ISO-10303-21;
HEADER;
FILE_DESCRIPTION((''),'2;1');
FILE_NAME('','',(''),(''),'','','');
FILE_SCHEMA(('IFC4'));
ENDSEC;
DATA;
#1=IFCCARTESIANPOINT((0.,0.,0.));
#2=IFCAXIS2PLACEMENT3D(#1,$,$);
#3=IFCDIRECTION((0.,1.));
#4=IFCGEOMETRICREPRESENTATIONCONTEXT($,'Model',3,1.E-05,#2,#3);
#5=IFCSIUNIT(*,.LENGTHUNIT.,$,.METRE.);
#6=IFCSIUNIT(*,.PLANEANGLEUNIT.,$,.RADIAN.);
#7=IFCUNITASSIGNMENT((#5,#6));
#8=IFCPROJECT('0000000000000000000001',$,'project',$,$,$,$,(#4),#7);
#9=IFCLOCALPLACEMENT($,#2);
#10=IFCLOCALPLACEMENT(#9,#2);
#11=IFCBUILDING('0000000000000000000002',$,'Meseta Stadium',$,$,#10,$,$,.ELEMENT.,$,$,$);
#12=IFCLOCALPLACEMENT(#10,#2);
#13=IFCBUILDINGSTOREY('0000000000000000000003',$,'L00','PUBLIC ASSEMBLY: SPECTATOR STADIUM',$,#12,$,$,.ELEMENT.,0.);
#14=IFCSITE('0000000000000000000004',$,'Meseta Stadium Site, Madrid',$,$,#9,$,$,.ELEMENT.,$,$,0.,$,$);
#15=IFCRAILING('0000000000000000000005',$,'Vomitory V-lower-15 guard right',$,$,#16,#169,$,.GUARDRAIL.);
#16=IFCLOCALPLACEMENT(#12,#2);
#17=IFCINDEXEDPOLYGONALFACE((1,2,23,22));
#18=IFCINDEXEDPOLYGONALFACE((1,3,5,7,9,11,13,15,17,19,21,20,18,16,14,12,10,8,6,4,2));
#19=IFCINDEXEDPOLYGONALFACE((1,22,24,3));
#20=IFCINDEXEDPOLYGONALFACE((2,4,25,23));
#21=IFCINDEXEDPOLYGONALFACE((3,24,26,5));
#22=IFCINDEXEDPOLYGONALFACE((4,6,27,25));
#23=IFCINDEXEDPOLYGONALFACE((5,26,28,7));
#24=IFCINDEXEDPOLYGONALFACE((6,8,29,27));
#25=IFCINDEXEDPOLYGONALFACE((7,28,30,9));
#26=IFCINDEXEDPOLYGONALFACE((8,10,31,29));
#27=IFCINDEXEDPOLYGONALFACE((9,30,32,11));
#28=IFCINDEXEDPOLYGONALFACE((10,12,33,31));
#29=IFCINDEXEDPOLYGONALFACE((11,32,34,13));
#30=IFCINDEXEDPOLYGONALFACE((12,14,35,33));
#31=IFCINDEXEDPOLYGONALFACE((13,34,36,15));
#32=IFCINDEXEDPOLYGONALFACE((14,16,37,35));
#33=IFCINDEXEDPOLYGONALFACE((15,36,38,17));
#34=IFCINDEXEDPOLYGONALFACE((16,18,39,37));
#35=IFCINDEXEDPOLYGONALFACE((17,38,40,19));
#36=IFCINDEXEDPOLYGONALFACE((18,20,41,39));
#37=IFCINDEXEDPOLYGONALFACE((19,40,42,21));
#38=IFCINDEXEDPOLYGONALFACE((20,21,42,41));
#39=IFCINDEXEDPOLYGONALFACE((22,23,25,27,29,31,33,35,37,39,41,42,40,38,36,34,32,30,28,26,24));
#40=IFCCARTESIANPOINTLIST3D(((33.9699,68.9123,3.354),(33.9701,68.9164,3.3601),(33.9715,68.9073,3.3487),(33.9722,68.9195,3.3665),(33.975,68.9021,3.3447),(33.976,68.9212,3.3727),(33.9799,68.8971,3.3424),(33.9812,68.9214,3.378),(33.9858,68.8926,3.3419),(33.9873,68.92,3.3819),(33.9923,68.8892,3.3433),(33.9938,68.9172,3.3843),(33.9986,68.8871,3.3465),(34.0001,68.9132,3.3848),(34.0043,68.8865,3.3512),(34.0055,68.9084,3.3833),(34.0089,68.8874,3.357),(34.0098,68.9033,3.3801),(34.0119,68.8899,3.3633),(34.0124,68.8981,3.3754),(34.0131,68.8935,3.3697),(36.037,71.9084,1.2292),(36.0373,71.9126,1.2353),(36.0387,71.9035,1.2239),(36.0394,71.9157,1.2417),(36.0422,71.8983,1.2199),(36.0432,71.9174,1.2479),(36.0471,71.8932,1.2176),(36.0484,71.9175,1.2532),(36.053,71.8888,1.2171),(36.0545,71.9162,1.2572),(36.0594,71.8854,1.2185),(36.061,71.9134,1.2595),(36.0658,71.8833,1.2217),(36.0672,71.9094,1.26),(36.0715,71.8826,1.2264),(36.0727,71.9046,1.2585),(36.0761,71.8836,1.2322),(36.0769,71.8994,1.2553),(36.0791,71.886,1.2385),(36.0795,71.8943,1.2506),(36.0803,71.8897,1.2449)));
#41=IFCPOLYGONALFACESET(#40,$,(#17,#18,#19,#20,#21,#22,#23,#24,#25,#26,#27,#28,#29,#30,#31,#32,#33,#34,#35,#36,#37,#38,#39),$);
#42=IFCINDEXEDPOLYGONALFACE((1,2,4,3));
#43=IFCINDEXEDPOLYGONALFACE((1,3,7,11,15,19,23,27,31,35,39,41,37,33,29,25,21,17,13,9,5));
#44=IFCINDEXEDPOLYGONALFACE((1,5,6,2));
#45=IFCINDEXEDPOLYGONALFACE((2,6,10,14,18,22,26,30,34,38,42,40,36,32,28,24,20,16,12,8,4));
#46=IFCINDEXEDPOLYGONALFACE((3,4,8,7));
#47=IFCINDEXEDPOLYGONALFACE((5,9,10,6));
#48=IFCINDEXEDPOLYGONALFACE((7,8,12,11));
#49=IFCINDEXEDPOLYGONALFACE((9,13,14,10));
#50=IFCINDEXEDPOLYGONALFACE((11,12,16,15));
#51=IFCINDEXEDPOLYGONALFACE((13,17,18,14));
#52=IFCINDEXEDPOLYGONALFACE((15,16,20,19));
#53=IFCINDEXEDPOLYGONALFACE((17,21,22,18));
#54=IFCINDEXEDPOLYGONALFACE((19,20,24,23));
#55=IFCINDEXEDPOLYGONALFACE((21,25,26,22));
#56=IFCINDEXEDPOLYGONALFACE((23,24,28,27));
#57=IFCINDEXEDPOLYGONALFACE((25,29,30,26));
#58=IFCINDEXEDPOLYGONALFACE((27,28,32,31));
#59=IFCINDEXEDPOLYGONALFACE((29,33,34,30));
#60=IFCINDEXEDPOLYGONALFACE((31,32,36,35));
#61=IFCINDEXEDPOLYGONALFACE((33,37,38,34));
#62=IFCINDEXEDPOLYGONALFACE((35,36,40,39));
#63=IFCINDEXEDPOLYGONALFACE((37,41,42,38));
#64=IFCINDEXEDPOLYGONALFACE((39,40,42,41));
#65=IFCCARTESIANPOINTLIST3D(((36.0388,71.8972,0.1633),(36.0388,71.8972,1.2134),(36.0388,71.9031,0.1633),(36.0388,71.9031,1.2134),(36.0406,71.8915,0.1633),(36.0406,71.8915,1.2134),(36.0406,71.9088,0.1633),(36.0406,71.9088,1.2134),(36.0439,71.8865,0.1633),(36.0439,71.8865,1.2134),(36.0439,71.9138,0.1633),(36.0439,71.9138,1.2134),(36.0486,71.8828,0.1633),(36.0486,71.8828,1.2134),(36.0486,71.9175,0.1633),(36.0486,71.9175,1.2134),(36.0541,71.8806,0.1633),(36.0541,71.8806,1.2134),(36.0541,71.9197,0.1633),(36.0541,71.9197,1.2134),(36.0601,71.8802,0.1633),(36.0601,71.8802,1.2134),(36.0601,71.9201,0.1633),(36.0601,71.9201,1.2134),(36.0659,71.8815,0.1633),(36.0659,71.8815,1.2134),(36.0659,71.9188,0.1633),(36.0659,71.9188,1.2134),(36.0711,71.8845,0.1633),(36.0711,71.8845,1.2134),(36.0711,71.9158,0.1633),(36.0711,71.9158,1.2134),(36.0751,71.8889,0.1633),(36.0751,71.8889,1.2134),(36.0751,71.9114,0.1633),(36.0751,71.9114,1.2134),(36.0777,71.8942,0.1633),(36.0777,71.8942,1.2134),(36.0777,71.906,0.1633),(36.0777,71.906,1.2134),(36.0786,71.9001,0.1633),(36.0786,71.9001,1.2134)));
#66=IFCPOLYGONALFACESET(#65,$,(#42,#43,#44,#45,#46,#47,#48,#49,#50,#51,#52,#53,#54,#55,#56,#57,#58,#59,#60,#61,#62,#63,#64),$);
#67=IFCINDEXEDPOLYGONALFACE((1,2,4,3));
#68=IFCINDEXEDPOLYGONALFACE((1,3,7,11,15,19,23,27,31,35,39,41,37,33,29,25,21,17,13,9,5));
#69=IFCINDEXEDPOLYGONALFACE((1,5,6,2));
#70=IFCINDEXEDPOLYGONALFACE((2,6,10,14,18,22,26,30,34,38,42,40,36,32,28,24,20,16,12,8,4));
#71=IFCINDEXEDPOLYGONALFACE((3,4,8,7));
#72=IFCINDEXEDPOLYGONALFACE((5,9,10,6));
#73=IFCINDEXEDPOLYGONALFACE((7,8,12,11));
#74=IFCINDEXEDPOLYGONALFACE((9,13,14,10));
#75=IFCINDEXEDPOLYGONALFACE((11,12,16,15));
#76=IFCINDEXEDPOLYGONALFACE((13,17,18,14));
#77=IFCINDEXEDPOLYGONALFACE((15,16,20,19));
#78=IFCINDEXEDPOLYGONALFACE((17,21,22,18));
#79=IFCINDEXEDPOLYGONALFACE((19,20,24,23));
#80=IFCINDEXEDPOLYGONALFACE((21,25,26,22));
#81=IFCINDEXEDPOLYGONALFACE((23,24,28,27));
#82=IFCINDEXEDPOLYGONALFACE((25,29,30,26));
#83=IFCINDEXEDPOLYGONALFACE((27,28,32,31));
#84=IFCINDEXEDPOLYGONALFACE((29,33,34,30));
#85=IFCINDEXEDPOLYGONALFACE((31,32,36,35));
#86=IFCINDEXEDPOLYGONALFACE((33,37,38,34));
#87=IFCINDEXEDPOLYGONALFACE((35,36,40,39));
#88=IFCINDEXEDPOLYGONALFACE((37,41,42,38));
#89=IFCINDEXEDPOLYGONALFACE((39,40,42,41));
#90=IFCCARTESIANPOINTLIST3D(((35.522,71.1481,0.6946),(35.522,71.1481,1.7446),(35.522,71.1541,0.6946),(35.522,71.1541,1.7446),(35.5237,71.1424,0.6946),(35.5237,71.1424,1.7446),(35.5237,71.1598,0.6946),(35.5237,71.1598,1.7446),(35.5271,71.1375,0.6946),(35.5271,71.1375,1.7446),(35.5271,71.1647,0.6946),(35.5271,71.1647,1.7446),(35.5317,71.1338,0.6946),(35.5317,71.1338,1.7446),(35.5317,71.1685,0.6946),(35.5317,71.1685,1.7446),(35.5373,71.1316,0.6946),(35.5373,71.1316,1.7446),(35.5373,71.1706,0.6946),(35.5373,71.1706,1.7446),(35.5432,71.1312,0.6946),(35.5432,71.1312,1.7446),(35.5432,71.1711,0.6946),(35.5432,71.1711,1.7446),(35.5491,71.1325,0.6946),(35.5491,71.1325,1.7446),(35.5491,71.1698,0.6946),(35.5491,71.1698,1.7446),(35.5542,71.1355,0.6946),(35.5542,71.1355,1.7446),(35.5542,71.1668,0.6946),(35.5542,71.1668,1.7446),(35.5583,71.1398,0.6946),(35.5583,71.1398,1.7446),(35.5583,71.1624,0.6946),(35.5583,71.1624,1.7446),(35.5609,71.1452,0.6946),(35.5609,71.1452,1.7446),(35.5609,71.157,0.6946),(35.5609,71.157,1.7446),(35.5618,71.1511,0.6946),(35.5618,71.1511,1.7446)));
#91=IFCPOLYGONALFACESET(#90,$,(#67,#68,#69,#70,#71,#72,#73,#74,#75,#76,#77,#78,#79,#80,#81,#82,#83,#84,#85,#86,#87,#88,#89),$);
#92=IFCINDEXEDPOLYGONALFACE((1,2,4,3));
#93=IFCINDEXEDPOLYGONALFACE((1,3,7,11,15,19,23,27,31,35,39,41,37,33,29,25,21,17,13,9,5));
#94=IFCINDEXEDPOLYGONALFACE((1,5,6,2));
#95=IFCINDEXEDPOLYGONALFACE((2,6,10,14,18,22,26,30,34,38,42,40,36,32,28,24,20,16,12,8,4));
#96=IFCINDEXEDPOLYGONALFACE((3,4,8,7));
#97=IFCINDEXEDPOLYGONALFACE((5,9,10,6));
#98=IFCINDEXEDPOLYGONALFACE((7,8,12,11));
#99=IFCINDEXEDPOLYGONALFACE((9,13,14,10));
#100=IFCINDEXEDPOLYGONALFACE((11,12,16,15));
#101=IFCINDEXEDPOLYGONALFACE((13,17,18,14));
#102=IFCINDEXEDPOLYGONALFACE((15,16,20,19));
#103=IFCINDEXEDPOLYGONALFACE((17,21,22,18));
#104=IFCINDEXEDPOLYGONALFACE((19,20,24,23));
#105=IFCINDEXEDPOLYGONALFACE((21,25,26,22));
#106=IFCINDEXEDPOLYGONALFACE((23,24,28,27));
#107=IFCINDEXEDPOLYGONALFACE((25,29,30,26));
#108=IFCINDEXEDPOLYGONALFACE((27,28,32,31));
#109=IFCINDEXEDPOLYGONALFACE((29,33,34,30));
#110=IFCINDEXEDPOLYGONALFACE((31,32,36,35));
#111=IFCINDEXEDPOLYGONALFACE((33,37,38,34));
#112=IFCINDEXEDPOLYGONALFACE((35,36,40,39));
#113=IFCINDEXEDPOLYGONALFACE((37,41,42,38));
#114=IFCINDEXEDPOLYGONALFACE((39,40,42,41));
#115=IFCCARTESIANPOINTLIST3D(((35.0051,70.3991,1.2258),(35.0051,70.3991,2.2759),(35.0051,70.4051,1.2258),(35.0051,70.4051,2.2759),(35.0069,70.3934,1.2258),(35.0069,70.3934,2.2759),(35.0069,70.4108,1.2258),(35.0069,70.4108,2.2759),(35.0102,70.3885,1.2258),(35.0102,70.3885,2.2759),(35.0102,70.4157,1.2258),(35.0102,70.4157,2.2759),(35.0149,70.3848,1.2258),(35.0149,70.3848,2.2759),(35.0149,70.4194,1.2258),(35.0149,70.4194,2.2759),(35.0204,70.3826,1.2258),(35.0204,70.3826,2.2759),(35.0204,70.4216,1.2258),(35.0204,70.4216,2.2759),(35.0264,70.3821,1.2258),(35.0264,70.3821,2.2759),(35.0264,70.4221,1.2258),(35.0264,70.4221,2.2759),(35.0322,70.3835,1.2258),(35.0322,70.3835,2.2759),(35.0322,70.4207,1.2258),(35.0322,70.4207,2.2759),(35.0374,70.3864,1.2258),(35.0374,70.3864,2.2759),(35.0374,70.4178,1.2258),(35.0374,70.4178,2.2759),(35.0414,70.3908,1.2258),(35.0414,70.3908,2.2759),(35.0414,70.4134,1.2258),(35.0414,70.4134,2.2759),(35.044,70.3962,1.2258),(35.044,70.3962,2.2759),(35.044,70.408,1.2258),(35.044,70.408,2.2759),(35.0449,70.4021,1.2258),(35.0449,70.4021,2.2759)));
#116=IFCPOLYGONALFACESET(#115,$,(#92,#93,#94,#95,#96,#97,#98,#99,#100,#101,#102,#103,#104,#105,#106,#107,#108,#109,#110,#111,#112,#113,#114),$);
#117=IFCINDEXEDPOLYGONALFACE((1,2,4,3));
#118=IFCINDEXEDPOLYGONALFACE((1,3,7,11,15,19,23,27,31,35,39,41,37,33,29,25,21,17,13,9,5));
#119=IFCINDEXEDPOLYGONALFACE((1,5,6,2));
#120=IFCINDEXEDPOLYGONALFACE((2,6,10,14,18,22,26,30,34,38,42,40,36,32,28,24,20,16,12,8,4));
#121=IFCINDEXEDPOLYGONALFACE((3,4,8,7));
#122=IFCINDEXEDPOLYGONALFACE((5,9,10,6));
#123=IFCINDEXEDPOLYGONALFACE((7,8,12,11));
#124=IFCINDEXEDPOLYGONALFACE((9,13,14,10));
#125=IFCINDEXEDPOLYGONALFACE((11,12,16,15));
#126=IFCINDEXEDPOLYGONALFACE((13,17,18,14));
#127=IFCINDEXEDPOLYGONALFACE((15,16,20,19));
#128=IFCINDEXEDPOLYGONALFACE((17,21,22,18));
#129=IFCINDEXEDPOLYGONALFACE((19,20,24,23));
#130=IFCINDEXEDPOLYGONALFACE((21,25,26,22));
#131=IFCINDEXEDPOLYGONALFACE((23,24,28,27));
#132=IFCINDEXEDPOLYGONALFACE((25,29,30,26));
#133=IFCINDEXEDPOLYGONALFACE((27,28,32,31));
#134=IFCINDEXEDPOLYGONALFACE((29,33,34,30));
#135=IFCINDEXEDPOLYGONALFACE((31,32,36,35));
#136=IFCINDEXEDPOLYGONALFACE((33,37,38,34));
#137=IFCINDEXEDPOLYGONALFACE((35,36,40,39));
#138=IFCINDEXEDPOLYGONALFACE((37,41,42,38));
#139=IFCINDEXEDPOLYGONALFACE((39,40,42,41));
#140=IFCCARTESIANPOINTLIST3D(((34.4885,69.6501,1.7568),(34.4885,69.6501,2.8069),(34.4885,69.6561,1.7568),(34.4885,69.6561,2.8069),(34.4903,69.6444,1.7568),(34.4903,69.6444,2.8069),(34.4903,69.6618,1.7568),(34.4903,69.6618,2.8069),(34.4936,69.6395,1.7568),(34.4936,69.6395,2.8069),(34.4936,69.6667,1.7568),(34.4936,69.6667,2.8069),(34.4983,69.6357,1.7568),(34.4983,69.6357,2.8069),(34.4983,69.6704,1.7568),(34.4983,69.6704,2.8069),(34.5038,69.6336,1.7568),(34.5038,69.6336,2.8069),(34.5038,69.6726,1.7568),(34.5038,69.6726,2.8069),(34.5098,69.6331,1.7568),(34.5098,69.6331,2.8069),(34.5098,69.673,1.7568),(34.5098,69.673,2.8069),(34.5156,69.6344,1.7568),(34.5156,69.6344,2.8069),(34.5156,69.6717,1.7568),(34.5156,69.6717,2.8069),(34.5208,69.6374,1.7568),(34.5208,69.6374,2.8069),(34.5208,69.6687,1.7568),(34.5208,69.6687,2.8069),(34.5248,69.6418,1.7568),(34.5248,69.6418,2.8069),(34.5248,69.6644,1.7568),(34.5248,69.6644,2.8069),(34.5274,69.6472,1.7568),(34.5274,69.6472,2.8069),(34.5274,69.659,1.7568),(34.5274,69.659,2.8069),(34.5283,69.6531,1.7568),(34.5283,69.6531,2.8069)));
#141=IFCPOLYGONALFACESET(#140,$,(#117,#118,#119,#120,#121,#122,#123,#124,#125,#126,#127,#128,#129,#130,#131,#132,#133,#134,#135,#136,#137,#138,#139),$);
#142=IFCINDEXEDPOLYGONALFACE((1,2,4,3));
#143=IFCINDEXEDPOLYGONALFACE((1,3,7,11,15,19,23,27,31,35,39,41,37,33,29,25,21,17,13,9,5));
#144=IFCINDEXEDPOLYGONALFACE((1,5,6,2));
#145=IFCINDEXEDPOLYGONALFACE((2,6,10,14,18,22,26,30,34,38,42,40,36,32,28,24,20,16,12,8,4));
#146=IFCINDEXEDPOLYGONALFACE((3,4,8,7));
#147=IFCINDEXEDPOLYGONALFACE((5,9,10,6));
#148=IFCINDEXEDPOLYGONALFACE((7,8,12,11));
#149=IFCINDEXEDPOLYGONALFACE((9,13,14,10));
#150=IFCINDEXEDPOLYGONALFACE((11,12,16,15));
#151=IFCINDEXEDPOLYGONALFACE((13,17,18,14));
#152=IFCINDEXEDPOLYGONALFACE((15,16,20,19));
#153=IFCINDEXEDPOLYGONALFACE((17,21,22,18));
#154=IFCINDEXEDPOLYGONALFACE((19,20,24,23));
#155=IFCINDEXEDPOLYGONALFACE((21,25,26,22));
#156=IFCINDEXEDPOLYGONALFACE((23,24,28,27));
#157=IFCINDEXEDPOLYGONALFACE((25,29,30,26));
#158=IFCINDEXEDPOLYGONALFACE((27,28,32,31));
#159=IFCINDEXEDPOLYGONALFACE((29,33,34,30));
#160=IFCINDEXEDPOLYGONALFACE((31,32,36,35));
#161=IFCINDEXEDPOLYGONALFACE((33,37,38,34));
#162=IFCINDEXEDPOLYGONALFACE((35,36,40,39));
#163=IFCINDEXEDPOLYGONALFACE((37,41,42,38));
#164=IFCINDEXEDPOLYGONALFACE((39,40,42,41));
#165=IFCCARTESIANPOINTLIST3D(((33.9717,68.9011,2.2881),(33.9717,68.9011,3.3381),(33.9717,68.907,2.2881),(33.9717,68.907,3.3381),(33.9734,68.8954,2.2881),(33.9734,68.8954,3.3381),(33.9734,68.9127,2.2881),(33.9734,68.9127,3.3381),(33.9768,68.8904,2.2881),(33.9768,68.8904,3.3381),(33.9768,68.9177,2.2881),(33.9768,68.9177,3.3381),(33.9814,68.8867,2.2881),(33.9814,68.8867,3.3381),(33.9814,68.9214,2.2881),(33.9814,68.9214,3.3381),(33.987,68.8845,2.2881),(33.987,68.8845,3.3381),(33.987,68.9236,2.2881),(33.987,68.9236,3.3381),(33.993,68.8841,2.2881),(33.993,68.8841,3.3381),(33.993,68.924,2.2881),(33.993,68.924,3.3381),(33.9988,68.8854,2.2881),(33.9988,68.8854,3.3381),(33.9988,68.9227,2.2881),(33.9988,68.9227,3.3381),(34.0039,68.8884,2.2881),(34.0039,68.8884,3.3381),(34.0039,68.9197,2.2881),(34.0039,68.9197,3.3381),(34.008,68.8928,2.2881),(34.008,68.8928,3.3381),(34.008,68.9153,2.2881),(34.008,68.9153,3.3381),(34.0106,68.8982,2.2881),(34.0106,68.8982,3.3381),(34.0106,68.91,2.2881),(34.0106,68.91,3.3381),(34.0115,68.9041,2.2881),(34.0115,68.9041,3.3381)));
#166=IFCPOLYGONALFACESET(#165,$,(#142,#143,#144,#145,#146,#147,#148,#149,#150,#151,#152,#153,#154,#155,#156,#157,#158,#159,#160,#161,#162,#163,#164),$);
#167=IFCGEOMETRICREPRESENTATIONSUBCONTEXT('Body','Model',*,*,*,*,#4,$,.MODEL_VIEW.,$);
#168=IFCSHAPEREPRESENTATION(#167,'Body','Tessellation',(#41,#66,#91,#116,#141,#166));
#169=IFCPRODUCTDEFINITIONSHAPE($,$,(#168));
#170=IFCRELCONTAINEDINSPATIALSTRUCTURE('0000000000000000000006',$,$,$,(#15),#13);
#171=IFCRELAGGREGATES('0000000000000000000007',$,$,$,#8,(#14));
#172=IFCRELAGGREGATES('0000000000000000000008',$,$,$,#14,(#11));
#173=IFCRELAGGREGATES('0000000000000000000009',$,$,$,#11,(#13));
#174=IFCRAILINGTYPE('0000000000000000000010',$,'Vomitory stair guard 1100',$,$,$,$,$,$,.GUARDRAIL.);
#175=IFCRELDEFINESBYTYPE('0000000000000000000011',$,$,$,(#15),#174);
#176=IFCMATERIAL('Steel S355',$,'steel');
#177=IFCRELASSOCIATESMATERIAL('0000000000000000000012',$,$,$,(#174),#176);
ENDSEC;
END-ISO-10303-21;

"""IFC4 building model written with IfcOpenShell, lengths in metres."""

from ifc_helpers import new_model, si_unit, direction, frame, origin, origin_2d, place, context, subcontext, project, spatial, circle, extrude, material, type_object, element, save


model = new_model("IFC4")

# Units and contexts
model_context = context("Model", 3, precision=1e-05, world=origin(), true_north=direction((0.0, 1.0)))
body_context = subcontext(model_context, "Body", "Model", "MODEL_VIEW")
ifc_project = project(units=[si_unit("LENGTHUNIT", "METRE"), si_unit("PLANEANGLEUNIT", "RADIAN")], contexts=[model_context])

# Site, building, storey
site_placement = place(None, origin())
site = spatial("IfcSite", under=ifc_project, at=site_placement, Name="Meseta Stadium Site, Madrid", CompositionType="ELEMENT", RefElevation=0.0)
building_placement = place(site_placement, origin())
building = spatial("IfcBuilding", under=site, at=building_placement, Name="Meseta Stadium", CompositionType="ELEMENT")
storey_placement = place(building_placement, origin())
storey = spatial("IfcBuildingStorey", under=building, at=storey_placement, Name="L00", Description="PUBLIC ASSEMBLY: SPECTATOR STADIUM", CompositionType="ELEMENT", Elevation=0.0)

# Railing
ifc_material_1 = material(Name="Steel S355", Category="steel")
railing_type_1 = type_object("IfcRailingType", Name="Vomitory stair guard 1100", PredefinedType="GUARDRAIL", material=ifc_material_1)
railing_1_placement = place(storey_placement, frame((36.0586, 71.9001, 0.1633)))
element("IfcRailing", 1, at=railing_1_placement, inside=storey, type_object=railing_type_1, Name="Vomitory V-lower-15 guard right", PredefinedType="GUARDRAIL", context=body_context, shape_type="SweptSolid", body=[
    extrude(circle(Radius=0.0249, at=origin_2d()), frame((0.0, 0.0, 1.0752), z_axis=(-0.490452, -0.710857, 0.504122), x_axis=(0.823101, -0.567894, 0.0)), (0.0, 0.0, 1.0), 4.2148),
    extrude(circle(Radius=0.02, at=origin_2d()), origin(), (0.0, 0.0, 1.0), 1.05),
    extrude(circle(Radius=0.02, at=origin_2d()), frame((-0.5168, -0.749, 0.5312)), (0.0, 0.0, 1.0), 1.05),
    extrude(circle(Radius=0.02, at=origin_2d()), frame((-1.0337, -1.498, 1.0625)), (0.0, 0.0, 1.0), 1.05),
    extrude(circle(Radius=0.02, at=origin_2d()), frame((-1.5503, -2.2471, 1.5935)), (0.0, 0.0, 1.0), 1.05),
    extrude(circle(Radius=0.02, at=origin_2d()), frame((-2.0671, -2.9961, 2.1248)), (0.0, 0.0, 1.0), 1.05),
])

save(model, "model.ifc")
